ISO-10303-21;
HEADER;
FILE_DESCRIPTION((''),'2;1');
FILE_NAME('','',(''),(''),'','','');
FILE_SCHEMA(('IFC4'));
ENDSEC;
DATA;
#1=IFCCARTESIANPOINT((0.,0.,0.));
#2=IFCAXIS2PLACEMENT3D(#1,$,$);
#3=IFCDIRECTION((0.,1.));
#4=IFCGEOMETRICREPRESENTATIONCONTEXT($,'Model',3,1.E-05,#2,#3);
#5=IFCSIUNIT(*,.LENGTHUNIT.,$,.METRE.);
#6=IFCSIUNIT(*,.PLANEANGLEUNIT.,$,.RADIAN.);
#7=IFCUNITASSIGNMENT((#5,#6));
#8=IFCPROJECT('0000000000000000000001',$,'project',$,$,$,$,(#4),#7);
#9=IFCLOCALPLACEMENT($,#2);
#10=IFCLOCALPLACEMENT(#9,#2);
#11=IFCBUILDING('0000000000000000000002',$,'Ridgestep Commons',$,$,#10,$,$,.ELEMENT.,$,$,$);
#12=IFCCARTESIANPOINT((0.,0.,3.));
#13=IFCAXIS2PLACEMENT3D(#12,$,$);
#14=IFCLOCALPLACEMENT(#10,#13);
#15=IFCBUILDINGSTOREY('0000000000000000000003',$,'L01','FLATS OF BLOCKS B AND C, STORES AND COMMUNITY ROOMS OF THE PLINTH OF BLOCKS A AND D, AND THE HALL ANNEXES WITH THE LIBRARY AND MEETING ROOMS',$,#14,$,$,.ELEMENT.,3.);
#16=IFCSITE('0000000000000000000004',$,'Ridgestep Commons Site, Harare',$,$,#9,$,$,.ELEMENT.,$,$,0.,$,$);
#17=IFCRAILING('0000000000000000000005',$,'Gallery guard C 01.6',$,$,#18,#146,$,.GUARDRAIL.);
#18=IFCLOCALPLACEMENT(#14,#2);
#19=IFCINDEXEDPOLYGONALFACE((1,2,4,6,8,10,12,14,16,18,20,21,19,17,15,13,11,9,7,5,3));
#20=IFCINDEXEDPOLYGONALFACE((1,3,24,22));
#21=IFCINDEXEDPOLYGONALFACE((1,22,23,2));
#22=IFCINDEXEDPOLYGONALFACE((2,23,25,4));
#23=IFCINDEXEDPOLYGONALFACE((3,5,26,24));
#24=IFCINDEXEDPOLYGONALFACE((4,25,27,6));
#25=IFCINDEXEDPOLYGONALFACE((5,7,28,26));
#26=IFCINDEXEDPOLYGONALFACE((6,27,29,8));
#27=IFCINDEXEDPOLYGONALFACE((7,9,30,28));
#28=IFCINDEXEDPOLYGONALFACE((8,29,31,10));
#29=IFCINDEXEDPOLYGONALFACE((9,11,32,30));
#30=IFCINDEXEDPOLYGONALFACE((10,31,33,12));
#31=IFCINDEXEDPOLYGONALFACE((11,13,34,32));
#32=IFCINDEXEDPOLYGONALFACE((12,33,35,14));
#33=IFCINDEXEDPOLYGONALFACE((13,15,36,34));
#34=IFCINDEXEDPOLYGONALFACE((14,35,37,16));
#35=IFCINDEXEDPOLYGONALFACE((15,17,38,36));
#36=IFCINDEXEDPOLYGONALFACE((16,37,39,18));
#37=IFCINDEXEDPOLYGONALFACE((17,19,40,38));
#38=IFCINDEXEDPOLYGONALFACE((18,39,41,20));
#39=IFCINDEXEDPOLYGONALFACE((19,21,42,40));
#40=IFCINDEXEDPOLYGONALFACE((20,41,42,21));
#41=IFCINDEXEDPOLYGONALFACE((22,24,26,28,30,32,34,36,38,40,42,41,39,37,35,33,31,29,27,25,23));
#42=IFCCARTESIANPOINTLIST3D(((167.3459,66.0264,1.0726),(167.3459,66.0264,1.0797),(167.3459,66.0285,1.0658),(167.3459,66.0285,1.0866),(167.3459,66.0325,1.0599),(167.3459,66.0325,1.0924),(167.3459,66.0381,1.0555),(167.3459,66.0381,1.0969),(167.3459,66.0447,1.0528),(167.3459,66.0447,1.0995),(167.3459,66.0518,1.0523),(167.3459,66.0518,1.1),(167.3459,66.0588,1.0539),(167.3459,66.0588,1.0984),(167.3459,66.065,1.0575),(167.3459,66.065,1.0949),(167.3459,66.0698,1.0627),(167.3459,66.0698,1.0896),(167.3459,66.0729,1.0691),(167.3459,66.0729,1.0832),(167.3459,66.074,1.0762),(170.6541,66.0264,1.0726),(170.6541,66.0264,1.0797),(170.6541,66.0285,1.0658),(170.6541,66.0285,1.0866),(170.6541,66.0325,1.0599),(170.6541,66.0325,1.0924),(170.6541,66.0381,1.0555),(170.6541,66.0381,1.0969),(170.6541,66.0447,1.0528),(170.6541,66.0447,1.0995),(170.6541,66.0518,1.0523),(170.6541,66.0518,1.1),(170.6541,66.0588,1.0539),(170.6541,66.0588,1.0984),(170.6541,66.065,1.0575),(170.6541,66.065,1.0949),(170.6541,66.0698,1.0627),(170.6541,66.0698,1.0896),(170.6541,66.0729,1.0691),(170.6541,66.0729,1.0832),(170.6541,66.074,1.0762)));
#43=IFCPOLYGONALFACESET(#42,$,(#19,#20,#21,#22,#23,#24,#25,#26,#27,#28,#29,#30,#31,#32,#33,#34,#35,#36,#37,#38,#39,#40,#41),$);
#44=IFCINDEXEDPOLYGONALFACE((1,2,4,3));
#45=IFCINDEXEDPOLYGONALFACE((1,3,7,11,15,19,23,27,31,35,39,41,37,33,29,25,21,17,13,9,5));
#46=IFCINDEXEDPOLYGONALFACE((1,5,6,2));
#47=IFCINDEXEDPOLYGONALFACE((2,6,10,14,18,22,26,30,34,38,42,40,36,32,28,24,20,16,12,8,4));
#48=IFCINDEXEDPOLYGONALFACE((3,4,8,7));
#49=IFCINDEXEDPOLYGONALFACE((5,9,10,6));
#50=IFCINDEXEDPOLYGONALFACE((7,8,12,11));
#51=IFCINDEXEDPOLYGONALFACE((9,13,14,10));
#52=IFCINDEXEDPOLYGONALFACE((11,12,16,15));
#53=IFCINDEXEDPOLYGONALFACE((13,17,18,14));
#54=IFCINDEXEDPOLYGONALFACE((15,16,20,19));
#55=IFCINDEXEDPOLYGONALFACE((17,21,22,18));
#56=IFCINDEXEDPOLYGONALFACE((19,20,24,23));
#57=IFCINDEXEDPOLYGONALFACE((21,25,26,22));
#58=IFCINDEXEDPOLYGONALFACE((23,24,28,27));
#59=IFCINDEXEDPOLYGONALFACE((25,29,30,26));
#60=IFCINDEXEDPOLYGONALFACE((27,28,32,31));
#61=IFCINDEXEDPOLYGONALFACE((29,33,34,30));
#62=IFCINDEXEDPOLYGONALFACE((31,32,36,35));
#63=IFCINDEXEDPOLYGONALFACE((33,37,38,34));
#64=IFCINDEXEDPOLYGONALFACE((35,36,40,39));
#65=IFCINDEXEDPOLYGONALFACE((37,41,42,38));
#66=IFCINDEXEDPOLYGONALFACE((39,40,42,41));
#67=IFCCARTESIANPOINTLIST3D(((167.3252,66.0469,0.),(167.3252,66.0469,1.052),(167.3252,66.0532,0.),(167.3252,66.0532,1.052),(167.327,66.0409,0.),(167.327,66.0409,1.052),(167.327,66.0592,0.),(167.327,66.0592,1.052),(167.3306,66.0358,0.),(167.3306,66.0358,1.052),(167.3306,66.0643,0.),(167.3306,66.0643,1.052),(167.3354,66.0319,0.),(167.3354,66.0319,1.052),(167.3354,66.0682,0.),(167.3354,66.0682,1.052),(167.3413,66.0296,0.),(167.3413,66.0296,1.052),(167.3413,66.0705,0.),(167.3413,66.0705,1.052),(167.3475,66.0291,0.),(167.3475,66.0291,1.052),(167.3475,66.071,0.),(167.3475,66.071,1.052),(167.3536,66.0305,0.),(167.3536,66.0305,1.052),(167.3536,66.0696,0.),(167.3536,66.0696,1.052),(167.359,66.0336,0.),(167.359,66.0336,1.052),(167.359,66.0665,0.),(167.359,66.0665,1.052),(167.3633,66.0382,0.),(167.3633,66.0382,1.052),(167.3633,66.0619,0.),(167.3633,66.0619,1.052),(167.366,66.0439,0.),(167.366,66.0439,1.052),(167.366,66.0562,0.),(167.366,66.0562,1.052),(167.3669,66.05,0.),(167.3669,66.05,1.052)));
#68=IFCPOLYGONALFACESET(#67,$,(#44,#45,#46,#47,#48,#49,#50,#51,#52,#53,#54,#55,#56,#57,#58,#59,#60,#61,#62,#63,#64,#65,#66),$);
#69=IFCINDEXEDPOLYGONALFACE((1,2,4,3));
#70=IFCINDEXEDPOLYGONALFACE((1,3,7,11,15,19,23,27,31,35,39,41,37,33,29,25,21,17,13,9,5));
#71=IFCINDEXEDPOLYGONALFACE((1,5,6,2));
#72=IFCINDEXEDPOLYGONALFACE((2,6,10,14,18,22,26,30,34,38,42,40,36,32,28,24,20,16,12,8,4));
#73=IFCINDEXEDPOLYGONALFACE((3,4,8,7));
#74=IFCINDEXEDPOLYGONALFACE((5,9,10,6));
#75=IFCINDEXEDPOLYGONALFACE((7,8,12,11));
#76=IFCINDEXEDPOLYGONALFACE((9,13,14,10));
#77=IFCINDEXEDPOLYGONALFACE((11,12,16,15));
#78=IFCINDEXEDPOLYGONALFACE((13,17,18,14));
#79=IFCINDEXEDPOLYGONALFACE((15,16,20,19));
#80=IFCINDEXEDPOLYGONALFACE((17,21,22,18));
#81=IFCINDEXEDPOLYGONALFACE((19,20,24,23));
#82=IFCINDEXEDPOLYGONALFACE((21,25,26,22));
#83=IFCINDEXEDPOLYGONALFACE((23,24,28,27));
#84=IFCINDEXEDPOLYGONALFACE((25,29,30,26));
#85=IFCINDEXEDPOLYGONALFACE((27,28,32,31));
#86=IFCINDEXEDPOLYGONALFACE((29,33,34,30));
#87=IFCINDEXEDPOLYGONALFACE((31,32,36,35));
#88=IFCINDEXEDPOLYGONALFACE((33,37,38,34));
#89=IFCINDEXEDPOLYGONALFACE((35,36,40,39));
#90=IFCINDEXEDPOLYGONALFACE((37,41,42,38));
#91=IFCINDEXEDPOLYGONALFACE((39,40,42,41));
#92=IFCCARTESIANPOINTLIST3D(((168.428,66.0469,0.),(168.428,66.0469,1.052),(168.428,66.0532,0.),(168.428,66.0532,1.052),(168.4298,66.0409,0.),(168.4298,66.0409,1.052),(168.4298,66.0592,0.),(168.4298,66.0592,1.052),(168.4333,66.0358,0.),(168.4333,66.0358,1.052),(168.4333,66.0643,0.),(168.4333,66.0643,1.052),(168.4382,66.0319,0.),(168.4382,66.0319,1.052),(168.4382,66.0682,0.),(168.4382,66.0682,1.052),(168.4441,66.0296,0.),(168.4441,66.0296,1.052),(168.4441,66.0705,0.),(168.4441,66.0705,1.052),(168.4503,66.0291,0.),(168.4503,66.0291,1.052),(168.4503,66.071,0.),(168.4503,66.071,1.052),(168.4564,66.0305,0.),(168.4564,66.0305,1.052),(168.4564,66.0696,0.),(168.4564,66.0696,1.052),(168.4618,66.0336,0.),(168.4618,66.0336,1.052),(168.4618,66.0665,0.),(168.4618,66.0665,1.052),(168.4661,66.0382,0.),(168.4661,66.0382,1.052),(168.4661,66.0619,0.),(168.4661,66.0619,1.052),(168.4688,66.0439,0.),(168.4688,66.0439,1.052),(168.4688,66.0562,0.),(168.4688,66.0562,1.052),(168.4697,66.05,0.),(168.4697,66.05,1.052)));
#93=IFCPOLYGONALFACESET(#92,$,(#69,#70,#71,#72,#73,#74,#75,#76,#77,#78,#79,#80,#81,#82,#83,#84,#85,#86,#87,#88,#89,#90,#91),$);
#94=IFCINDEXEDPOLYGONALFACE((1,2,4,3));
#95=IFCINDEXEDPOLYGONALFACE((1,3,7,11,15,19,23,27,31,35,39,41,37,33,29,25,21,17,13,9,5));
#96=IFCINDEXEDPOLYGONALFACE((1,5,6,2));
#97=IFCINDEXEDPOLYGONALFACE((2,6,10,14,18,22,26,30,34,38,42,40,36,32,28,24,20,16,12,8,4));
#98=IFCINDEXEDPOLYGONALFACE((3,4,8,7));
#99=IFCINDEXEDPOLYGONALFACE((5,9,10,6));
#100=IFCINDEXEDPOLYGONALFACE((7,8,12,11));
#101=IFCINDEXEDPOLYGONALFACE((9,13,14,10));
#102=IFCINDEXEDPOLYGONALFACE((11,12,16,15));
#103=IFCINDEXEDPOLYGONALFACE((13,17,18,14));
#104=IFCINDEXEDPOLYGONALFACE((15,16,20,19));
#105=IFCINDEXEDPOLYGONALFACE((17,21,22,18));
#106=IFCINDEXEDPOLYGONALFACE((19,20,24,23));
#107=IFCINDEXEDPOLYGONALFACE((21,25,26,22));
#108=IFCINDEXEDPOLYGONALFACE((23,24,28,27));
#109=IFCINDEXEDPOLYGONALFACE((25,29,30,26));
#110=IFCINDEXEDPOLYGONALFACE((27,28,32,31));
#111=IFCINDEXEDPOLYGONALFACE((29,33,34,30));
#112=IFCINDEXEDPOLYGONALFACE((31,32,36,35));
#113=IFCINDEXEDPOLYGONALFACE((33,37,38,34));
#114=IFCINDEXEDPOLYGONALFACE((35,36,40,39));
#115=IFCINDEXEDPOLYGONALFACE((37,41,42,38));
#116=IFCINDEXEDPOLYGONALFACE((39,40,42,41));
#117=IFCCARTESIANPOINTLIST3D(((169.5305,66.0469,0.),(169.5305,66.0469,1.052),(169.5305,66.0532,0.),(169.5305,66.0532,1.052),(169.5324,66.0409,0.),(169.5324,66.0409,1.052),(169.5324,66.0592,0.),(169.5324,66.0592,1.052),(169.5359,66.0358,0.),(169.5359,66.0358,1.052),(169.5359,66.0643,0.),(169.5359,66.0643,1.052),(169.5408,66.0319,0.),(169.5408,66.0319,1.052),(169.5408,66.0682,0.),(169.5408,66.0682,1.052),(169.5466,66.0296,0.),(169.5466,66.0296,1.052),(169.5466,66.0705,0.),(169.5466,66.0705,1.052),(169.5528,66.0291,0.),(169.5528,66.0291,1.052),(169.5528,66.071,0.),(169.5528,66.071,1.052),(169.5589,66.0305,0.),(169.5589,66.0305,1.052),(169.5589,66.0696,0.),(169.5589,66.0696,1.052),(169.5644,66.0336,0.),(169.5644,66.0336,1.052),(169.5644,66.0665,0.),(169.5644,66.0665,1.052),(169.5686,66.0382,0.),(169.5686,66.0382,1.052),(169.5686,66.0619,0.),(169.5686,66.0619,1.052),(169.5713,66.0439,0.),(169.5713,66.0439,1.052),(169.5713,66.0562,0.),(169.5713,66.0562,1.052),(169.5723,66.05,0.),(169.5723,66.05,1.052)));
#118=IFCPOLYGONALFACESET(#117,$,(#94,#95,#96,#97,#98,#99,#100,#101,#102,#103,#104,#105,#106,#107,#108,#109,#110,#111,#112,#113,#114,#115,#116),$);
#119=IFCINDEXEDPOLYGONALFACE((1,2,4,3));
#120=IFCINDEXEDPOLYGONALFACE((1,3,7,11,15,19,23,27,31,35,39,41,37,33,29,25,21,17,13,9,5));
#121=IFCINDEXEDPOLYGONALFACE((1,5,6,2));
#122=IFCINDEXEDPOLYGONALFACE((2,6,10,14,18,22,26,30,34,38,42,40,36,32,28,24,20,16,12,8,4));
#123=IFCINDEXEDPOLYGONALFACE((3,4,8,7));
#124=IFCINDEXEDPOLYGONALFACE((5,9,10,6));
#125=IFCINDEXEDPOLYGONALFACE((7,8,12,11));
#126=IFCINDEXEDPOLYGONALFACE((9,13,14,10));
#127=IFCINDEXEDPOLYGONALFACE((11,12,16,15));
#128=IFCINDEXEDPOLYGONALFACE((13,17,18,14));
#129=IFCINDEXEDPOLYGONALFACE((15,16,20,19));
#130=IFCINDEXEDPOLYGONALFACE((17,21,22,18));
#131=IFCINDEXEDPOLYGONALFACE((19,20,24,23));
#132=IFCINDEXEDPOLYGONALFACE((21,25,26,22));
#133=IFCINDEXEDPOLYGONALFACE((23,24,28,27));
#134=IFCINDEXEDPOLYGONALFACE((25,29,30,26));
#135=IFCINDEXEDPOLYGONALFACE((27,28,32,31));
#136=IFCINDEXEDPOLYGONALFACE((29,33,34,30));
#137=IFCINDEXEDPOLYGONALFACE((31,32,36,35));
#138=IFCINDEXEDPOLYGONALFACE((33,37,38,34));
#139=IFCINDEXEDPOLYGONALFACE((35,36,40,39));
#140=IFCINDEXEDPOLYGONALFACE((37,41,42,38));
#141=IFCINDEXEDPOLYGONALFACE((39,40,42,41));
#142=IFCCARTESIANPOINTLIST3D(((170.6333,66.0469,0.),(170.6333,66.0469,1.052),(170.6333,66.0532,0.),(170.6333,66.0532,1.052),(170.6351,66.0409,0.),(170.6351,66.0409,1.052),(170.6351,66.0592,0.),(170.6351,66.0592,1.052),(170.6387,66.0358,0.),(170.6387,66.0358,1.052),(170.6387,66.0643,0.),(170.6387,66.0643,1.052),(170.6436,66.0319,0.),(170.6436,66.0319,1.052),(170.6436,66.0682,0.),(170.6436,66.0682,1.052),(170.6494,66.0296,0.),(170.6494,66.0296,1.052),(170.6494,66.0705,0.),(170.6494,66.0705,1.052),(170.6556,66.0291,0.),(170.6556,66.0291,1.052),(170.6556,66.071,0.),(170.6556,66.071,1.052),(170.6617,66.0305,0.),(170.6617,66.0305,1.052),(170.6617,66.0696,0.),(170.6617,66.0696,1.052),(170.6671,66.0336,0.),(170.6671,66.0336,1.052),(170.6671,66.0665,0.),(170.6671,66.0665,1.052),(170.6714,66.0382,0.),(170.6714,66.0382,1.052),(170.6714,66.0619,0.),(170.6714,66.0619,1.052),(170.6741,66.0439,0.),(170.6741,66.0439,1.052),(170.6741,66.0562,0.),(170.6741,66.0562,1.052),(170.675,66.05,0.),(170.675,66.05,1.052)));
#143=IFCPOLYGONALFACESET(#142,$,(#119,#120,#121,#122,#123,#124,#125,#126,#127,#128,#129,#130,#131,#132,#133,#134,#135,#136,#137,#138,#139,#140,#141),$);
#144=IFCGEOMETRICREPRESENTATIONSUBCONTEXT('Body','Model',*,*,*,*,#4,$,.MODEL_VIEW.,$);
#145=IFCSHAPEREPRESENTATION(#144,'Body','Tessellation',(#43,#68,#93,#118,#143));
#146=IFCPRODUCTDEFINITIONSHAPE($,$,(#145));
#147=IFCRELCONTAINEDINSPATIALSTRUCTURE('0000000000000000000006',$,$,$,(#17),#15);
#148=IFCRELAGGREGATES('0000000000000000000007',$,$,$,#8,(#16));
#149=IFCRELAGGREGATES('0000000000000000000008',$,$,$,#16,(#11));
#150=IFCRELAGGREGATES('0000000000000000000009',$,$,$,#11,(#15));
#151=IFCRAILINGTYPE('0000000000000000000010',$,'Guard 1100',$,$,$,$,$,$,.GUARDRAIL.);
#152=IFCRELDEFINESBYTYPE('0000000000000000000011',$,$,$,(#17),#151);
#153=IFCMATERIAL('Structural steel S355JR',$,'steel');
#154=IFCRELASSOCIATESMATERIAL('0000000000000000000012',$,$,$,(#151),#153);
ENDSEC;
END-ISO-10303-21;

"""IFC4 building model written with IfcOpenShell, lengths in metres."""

from ifc_helpers import new_model, si_unit, direction, frame, origin, origin_2d, place, context, subcontext, project, spatial, circle, extrude, material, type_object, element, save


model = new_model("IFC4")

# Units and contexts
model_context = context("Model", 3, precision=1e-05, world=origin(), true_north=direction((0.0, 1.0)))
body_context = subcontext(model_context, "Body", "Model", "MODEL_VIEW")
ifc_project = project(units=[si_unit("LENGTHUNIT", "METRE"), si_unit("PLANEANGLEUNIT", "RADIAN")], contexts=[model_context])

# Site, building, storey
site_placement = place(None, origin())
site = spatial("IfcSite", under=ifc_project, at=site_placement, Name="Ridgestep Commons Site, Harare", CompositionType="ELEMENT", RefElevation=0.0)
building_placement = place(site_placement, origin())
building = spatial("IfcBuilding", under=site, at=building_placement, Name="Ridgestep Commons", CompositionType="ELEMENT")
storey_placement = place(building_placement, frame((0.0, 0.0, 3.0)))
storey = spatial("IfcBuildingStorey", under=building, at=storey_placement, Name="L01", Description="FLATS OF BLOCKS B AND C, STORES AND COMMUNITY ROOMS OF THE PLINTH OF BLOCKS A AND D, AND THE HALL ANNEXES WITH THE LIBRARY AND MEETING ROOMS", CompositionType="ELEMENT", Elevation=3.0)

# Railing
ifc_material_1 = material(Name="Structural steel S355JR", Category="steel")
railing_type = type_object("IfcRailingType", Name="Guard 1100", PredefinedType="GUARDRAIL", material=ifc_material_1)
railing_1_placement = place(storey_placement, frame((167.3459, 66.05, 0.0)))
element("IfcRailing", 1, at=railing_1_placement, inside=storey, type_object=railing_type, Name="Gallery guard C 01.6", PredefinedType="GUARDRAIL", context=body_context, shape_type="SweptSolid", body=[
    extrude(circle(Radius=0.0239, at=origin_2d()), frame((0.0, 0.0, 1.0762), z_axis=(1.0, 0.0, 0.0), x_axis=(0.0, 1.0, 0.0)), (0.0, 0.0, 1.0), 3.3081),
    extrude(circle(Radius=0.021, at=origin_2d()), origin(), (0.0, 0.0, 1.0), 1.052),
    extrude(circle(Radius=0.021, at=origin_2d()), frame((1.1028, 0.0, 0.0)), (0.0, 0.0, 1.0), 1.052),
    extrude(circle(Radius=0.021, at=origin_2d()), frame((2.2053, 0.0, 0.0)), (0.0, 0.0, 1.0), 1.052),
    extrude(circle(Radius=0.021, at=origin_2d()), frame((3.3081, 0.0, 0.0)), (0.0, 0.0, 1.0), 1.052),
])

save(model, "model.ifc")
